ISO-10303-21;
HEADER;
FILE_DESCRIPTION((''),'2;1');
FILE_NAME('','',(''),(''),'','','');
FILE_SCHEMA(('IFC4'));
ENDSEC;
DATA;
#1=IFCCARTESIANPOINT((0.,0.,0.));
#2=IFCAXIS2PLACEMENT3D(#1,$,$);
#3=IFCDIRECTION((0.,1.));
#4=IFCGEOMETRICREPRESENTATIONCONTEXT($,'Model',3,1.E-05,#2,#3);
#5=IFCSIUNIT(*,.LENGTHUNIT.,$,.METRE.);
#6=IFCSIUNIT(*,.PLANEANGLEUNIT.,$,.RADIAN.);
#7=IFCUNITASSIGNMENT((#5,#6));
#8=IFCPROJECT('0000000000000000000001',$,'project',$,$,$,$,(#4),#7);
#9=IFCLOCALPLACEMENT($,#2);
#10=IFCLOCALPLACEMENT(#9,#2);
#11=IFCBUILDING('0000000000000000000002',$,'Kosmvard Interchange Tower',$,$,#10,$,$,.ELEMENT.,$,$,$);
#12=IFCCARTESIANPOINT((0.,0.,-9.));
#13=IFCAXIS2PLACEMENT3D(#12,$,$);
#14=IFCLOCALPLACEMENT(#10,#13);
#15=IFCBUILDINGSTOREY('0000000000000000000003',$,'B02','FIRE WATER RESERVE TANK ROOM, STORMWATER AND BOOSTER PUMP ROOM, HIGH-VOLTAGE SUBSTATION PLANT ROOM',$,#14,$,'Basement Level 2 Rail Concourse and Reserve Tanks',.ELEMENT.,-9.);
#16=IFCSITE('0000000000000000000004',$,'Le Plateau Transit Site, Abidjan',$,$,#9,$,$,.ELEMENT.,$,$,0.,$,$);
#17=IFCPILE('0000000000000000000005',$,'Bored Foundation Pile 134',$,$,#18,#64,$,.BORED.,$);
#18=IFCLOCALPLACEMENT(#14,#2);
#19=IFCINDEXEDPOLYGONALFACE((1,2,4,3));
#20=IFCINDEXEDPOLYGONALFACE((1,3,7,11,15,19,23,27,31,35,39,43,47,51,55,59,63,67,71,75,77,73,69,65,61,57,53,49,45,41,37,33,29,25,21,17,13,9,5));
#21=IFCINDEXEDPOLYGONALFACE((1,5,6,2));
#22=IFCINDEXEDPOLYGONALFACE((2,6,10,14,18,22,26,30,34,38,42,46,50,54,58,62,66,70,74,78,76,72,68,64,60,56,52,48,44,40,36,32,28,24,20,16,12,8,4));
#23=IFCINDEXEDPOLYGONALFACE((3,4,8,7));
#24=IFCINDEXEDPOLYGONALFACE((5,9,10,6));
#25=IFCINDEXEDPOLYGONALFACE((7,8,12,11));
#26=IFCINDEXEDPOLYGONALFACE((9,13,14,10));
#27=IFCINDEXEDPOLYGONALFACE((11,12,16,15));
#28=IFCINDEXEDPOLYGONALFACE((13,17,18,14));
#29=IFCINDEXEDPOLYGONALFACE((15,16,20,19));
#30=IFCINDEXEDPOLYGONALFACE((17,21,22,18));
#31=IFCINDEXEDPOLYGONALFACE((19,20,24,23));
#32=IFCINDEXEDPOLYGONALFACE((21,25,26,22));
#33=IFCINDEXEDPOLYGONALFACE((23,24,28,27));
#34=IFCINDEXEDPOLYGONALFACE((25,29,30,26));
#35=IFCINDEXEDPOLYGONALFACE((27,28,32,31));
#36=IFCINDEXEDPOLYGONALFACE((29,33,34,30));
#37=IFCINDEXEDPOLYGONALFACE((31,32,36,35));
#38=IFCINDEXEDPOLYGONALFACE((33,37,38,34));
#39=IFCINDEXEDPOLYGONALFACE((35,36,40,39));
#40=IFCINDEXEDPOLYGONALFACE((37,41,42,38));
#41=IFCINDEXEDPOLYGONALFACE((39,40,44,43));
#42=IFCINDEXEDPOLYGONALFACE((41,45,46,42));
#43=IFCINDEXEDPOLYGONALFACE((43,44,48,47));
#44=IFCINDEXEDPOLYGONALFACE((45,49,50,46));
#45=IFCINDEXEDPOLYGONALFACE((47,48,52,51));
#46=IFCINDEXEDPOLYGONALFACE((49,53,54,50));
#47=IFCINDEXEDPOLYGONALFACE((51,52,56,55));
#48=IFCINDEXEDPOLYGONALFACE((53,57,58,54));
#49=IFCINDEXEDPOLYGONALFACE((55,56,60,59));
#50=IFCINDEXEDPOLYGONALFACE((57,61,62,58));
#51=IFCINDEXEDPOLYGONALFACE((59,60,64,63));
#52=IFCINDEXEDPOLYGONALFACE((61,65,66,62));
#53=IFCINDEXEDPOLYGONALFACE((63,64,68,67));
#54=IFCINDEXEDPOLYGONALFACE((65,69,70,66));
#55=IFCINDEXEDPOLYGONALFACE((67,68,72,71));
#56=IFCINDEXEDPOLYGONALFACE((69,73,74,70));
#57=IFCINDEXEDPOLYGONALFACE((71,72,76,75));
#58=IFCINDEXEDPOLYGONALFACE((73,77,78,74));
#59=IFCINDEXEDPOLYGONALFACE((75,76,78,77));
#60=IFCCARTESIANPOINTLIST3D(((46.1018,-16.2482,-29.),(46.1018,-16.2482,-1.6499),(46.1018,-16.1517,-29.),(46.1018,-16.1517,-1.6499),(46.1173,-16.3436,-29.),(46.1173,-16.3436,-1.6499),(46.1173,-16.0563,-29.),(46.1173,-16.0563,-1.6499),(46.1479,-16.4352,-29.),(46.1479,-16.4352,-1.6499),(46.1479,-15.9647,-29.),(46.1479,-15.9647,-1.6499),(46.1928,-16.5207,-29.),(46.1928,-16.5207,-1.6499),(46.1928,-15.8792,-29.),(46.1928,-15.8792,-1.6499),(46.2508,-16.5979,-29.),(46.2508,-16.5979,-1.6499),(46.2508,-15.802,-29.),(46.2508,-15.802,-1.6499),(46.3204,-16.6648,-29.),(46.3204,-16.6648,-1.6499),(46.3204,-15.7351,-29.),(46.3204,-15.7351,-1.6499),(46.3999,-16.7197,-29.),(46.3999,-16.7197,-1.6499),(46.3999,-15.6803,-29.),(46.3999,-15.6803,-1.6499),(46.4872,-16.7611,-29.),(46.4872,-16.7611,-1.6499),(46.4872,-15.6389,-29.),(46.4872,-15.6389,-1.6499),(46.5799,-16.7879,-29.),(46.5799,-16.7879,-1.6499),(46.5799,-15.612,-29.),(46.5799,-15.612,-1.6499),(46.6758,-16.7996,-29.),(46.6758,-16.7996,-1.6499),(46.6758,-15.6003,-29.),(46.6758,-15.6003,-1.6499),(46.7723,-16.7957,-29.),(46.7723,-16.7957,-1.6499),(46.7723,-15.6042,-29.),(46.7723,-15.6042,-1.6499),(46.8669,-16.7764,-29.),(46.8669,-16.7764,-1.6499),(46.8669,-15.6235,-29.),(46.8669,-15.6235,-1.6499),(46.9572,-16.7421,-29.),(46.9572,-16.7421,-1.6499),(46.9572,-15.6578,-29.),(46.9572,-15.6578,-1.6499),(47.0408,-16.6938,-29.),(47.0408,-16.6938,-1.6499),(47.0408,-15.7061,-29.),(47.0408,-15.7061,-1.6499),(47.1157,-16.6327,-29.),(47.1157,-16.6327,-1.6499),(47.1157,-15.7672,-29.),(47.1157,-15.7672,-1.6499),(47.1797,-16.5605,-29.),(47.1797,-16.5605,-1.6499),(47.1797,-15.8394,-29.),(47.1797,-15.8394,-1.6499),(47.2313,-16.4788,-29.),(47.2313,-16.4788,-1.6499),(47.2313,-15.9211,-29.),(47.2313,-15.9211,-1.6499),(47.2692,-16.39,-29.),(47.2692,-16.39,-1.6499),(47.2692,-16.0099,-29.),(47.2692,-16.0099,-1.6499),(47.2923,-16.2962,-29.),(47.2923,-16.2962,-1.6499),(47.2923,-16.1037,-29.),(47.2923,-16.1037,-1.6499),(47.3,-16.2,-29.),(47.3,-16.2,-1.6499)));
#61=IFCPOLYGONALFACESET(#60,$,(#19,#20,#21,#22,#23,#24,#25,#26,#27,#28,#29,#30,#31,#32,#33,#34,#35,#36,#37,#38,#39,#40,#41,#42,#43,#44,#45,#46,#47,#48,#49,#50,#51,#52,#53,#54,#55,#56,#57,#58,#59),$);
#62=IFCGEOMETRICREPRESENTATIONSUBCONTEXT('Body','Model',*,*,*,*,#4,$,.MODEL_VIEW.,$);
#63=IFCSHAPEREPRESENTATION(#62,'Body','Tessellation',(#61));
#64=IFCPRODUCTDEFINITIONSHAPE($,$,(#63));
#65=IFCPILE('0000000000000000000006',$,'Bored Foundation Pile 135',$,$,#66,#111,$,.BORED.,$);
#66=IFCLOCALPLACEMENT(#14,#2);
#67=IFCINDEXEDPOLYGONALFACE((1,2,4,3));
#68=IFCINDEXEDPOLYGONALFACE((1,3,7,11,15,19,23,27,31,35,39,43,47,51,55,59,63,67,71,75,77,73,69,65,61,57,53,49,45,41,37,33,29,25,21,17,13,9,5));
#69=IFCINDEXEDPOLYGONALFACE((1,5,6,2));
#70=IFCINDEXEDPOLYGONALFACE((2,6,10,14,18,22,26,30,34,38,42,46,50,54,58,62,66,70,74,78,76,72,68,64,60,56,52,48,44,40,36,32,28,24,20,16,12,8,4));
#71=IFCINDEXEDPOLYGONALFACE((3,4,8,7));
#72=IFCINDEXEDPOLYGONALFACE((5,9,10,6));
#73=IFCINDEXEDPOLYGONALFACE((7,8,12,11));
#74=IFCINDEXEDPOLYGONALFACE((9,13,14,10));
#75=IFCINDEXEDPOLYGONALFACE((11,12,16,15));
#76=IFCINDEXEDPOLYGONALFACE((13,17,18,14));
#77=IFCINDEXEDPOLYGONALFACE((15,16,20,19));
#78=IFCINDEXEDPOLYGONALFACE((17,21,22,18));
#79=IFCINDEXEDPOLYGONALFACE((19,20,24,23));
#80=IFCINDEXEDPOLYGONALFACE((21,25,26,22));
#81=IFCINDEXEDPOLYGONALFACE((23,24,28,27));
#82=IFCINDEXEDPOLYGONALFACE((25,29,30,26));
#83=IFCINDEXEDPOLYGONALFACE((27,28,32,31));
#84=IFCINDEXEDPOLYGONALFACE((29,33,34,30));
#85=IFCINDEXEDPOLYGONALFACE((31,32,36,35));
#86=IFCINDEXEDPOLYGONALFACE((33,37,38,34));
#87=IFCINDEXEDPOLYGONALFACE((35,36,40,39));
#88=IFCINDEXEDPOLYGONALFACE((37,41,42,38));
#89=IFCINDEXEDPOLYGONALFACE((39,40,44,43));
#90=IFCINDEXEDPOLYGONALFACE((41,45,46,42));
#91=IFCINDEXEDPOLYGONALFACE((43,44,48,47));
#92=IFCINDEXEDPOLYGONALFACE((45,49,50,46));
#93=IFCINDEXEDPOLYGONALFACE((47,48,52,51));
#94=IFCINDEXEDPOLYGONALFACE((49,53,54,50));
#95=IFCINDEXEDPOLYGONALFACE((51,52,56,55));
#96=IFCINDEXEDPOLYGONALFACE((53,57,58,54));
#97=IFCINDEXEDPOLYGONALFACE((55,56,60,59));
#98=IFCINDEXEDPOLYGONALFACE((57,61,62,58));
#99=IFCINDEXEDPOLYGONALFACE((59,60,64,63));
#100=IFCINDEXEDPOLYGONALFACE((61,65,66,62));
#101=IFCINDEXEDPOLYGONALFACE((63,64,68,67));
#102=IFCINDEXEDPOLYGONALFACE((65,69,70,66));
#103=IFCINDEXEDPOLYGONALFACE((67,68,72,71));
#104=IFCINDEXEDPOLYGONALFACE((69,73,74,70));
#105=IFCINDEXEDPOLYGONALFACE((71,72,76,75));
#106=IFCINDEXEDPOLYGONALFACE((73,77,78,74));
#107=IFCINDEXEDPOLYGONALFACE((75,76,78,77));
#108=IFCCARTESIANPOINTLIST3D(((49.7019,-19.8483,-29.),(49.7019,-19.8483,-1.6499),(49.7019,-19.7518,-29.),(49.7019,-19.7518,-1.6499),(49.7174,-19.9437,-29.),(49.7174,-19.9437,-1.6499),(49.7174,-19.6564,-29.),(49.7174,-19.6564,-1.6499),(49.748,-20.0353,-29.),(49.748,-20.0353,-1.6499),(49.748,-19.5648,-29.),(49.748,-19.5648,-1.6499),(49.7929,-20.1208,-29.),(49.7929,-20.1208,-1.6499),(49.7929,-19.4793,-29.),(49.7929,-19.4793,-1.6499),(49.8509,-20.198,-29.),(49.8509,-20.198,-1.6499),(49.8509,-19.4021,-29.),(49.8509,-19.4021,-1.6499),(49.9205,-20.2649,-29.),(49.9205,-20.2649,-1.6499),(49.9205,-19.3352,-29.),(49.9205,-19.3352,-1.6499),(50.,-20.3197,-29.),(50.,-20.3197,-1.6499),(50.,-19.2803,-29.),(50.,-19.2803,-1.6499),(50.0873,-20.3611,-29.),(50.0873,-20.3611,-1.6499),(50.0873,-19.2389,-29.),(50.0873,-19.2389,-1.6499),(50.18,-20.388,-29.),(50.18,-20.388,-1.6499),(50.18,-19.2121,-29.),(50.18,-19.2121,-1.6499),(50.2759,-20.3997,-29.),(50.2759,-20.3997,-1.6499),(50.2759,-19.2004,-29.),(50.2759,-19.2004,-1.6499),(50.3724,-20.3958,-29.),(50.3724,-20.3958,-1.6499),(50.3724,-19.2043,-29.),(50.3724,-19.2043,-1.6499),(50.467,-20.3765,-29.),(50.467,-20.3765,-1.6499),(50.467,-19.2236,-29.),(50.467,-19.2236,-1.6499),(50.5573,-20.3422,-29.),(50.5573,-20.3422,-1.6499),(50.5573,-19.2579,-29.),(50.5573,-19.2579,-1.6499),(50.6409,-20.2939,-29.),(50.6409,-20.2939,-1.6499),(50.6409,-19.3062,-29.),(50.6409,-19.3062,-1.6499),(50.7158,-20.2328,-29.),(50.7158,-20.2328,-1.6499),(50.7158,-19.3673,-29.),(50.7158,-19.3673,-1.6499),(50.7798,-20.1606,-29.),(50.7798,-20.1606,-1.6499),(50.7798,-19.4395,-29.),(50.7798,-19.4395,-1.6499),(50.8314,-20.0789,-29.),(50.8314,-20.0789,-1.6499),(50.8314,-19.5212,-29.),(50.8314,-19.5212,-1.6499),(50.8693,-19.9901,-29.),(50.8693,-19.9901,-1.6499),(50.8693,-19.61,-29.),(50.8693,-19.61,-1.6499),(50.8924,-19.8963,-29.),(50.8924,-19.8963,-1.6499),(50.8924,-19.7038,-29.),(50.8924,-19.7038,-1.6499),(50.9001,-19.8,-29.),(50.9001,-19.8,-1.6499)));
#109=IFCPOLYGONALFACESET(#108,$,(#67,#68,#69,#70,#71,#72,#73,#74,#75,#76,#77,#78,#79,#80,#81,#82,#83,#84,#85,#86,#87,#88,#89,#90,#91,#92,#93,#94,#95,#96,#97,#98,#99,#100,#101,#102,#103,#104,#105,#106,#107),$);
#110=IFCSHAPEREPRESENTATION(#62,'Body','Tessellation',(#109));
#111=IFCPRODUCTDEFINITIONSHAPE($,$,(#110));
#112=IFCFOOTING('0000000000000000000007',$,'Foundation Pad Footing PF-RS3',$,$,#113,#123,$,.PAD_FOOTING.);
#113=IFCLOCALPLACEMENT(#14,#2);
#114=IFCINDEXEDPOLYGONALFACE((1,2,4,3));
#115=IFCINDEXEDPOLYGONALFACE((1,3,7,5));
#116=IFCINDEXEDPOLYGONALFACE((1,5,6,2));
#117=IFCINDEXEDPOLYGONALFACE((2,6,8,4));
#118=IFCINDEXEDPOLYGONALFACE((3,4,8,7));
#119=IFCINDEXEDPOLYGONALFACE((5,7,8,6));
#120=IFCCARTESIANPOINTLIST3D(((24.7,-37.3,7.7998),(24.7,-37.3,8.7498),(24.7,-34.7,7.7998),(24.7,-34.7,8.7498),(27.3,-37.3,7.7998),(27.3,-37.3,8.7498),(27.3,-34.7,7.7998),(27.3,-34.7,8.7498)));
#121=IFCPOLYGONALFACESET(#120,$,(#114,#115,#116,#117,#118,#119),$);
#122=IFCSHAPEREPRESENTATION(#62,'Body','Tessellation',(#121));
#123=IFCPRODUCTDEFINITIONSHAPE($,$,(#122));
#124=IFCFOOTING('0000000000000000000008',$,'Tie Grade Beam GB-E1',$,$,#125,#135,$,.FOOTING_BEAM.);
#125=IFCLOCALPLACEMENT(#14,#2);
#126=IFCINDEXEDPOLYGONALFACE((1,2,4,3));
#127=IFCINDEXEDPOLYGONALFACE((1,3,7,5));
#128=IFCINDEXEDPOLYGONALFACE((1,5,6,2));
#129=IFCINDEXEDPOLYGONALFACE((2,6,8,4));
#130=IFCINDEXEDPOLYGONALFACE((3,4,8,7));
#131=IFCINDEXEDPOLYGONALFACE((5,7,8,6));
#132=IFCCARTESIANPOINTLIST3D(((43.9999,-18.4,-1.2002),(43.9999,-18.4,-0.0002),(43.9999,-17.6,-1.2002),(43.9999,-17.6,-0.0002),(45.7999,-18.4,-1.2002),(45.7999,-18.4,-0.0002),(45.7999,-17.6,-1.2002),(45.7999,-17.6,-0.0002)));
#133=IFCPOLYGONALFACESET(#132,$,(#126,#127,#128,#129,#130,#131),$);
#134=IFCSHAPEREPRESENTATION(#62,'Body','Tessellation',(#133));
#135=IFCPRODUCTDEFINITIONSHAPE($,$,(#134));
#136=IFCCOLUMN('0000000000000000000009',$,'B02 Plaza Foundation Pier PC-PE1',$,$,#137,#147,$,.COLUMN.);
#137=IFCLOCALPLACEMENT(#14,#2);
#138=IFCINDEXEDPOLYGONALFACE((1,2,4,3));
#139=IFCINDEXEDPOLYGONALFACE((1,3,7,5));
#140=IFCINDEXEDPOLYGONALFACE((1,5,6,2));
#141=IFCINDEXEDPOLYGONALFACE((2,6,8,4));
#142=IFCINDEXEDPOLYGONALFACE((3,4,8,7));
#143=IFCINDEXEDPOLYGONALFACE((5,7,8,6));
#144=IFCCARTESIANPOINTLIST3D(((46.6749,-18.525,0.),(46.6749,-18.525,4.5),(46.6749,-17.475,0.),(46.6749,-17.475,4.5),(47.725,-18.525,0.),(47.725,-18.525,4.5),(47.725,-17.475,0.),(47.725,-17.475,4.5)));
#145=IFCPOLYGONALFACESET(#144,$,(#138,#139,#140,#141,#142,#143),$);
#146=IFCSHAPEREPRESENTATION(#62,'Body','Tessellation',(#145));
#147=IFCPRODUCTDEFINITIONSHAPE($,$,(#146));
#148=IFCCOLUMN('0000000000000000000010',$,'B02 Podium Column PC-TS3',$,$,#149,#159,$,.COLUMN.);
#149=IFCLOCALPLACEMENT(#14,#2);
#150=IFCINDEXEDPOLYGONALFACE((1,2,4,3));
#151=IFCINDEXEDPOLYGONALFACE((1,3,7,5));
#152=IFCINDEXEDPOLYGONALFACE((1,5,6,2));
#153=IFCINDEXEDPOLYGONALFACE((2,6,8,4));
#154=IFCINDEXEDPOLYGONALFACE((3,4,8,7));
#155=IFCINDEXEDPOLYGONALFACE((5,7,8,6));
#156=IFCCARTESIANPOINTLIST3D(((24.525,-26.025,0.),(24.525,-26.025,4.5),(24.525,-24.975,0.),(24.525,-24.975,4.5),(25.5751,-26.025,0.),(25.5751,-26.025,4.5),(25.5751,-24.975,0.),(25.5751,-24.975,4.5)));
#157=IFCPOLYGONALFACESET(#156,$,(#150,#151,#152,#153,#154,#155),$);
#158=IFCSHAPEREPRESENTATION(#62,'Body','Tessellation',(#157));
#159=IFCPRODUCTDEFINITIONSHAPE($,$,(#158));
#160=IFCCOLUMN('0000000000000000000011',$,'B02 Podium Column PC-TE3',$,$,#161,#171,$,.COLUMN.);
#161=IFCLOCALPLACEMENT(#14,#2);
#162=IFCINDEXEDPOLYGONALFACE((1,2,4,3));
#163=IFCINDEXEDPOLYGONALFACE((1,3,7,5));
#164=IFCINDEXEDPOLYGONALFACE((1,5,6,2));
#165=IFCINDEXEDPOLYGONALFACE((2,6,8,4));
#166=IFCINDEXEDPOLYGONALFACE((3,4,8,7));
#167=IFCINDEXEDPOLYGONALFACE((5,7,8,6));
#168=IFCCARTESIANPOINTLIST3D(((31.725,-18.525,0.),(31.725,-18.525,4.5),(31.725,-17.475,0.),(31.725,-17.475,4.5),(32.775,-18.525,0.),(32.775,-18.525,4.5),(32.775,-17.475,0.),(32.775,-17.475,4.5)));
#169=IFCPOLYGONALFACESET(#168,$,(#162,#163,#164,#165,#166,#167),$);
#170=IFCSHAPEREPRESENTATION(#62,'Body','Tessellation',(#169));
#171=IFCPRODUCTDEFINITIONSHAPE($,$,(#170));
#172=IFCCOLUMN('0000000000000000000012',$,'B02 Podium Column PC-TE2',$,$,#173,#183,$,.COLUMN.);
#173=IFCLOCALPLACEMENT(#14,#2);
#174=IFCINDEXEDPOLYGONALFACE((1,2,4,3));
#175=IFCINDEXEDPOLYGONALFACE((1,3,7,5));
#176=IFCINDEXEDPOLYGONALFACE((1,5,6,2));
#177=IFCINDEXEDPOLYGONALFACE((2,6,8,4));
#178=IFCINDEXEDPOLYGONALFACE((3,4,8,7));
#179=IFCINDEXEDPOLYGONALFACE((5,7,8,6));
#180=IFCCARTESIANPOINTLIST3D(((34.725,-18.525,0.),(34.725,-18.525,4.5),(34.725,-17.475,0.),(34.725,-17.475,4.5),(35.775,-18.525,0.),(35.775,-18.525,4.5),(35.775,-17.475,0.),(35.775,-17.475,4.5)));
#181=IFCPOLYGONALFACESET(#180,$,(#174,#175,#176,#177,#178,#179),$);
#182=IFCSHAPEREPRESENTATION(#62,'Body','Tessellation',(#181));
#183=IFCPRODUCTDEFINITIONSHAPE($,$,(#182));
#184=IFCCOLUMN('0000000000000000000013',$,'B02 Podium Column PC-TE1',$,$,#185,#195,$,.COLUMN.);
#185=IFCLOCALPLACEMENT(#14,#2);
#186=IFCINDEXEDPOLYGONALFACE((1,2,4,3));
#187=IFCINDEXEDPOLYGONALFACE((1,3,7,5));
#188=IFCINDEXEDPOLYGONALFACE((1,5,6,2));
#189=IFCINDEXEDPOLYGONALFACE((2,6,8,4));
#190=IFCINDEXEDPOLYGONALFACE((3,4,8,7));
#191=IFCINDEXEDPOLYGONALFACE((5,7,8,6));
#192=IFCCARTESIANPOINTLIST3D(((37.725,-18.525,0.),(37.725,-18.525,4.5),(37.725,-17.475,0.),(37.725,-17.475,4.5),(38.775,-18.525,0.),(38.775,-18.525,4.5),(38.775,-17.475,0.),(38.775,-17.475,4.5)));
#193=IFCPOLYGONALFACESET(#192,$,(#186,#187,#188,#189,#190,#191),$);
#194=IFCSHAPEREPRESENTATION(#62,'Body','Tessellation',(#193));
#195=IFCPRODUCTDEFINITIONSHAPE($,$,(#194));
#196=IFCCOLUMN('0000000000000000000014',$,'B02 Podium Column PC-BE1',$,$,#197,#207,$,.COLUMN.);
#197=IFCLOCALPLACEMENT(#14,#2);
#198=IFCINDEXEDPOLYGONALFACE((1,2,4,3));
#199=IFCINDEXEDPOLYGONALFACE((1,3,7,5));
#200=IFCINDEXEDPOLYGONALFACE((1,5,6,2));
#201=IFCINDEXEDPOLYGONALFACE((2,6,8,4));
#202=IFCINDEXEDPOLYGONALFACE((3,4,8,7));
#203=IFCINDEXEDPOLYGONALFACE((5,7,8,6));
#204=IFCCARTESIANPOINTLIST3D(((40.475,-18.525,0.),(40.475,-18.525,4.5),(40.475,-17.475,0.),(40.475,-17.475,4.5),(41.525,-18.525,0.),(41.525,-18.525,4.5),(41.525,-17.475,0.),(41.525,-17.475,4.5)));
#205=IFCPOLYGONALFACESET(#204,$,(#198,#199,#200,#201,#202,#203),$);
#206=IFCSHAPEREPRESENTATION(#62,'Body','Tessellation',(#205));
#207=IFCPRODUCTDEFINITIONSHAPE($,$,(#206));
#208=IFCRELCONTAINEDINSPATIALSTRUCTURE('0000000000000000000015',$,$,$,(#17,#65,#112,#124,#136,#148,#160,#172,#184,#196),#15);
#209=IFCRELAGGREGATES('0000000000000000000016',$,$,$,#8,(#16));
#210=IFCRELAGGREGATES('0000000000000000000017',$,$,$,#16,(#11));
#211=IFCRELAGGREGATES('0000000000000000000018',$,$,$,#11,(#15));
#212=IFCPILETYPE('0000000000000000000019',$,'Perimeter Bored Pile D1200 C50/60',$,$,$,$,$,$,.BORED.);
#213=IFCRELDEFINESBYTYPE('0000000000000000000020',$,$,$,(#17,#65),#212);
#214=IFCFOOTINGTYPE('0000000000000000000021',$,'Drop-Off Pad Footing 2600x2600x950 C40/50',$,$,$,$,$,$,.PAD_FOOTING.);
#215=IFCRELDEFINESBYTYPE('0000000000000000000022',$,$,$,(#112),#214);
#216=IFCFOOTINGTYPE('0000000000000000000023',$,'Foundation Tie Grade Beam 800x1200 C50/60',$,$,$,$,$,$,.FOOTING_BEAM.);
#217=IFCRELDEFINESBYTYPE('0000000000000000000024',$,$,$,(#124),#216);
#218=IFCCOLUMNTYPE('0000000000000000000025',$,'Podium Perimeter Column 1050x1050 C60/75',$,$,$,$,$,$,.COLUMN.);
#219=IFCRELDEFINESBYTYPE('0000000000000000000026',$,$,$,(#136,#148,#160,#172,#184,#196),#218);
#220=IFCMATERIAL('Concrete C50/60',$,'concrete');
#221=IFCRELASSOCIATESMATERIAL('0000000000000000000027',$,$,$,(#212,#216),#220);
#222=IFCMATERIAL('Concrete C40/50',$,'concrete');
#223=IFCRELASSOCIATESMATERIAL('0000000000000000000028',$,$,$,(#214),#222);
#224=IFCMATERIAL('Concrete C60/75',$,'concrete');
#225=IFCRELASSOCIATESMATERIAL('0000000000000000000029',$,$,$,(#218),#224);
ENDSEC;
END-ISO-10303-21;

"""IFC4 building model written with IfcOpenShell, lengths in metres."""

from ifc_helpers import new_model, si_unit, direction, frame, origin, origin_2d, place, context, subcontext, project, spatial, rectangle, circle, extrude, source, transform, mapped, material, material_profile, profile_set, type_object, element, save


model = new_model("IFC4")

# Units and contexts
model_context = context("Model", 3, precision=1e-05, world=origin(), true_north=direction((0.0, 1.0)))
body_context = subcontext(model_context, "Body", "Model", "MODEL_VIEW")
ifc_project = project(units=[si_unit("LENGTHUNIT", "METRE"), si_unit("PLANEANGLEUNIT", "RADIAN")], contexts=[model_context])

# Site, building, storey
site_placement = place(None, origin())
site = spatial("IfcSite", under=ifc_project, at=site_placement, Name="Le Plateau Transit Site, Abidjan", CompositionType="ELEMENT", RefElevation=0.0)
building_placement = place(site_placement, origin())
building = spatial("IfcBuilding", under=site, at=building_placement, Name="Kosmvard Interchange Tower", CompositionType="ELEMENT")
storey_placement = place(building_placement, frame((0.0, 0.0, -9.0)))
storey = spatial("IfcBuildingStorey", under=building, at=storey_placement, Name="B02", Description="FIRE WATER RESERVE TANK ROOM, STORMWATER AND BOOSTER PUMP ROOM, HIGH-VOLTAGE SUBSTATION PLANT ROOM", LongName="Basement Level 2 Rail Concourse and Reserve Tanks", CompositionType="ELEMENT", Elevation=-9.0)

# Shared definitions
ifc_material_1 = material(Name="Concrete C50/60", Category="concrete")
ifc_material_profile_1 = material_profile(ifc_material_1, circle(Radius=0.6001, at=origin_2d()), Name="PILE D1200")
ifc_profile_set_1 = profile_set([ifc_material_profile_1], Name="Concrete C50/60")
pile_type = type_object("IfcPileType", Name="Perimeter Bored Pile D1200 C50/60", PredefinedType="BORED", material=ifc_profile_set_1)

# Piles
shared_shape_1 = source(origin(), body_context, "Body", "SweptSolid", [
    extrude(circle(Radius=0.6001, at=origin_2d()), origin(), (0.0, 0.0, 1.0), 27.3501),
])
for number, where, z_axis, x_axis, name in (
    (1, (46.7, -16.2, -1.6499), (0.0, 0.0, -1.0), (1.0, 0.0, 0.0), "Bored Foundation Pile 134"),
    (2, (50.3, -19.8, -1.6499), (0.0, 0.0, -1.0), (1.0, 0.0, 0.0), "Bored Foundation Pile 135"),
):
    element("IfcPile", number, at=place(storey_placement, frame(where, z_axis=z_axis, x_axis=x_axis)), inside=storey, type_object=pile_type, Name=name, PredefinedType="BORED", context=body_context, shape_type="MappedRepresentation", body=[
        mapped(shared_shape_1, transform((0.0, 0.0, 0.0), scale=1.0)),
    ])

# Footings
ifc_material_2 = material(Name="Concrete C40/50", Category="concrete")
footing_type_1 = type_object("IfcFootingType", Name="Drop-Off Pad Footing 2600x2600x950 C40/50", PredefinedType="PAD_FOOTING", material=ifc_material_2)
shared_shape_2 = source(origin(), body_context, "Body", "SweptSolid", [
    extrude(rectangle(XDim=2.6001, YDim=2.6001, at=origin_2d()), origin(), (0.0, 0.0, 1.0), 0.95),
])
footing_1_placement = place(storey_placement, frame((26.0, -36.0, 7.7998), z_axis=(0.0, 0.0, 1.0), x_axis=(1.0, 0.0, 0.0)))
element("IfcFooting", 3, at=footing_1_placement, inside=storey, type_object=footing_type_1, Name="Foundation Pad Footing PF-RS3", PredefinedType="PAD_FOOTING", context=body_context, shape_type="MappedRepresentation", body=[
    mapped(shared_shape_2, transform((0.0, 0.0, 0.0), scale=1.0)),
])
ifc_material_profile_2 = material_profile(ifc_material_1, rectangle(XDim=0.8, YDim=1.2, at=origin_2d()), Name="GB 800x1200")
ifc_profile_set_2 = profile_set([ifc_material_profile_2], Name="Concrete C50/60")
footing_type_2 = type_object("IfcFootingType", Name="Foundation Tie Grade Beam 800x1200 C50/60", PredefinedType="FOOTING_BEAM", material=ifc_profile_set_2)
shared_shape_3 = source(origin(), body_context, "Body", "SweptSolid", [
    extrude(rectangle(XDim=1.8, YDim=0.8, at=origin_2d()), origin(), (0.0, 0.0, 1.0), 1.2),
])
footing_2_placement = place(storey_placement, frame((44.8999, -18.0, -1.2002), z_axis=(0.0, 0.0, 1.0), x_axis=(1.0, 0.0, 0.0)))
element("IfcFooting", 4, at=footing_2_placement, inside=storey, type_object=footing_type_2, Name="Tie Grade Beam GB-E1", PredefinedType="FOOTING_BEAM", context=body_context, shape_type="MappedRepresentation", body=[
    mapped(shared_shape_3, transform((0.0, 0.0, 0.0), scale=1.0)),
])

# Columns
ifc_material_3 = material(Name="Concrete C60/75", Category="concrete")
ifc_material_profile_3 = material_profile(ifc_material_3, rectangle(XDim=1.05, YDim=1.05, at=origin_2d()), Name="PC 1050x1050")
ifc_profile_set_3 = profile_set([ifc_material_profile_3], Name="Concrete C60/75")
column_type_1 = type_object("IfcColumnType", Name="Podium Perimeter Column 1050x1050 C60/75", PredefinedType="COLUMN", material=ifc_profile_set_3)
shared_shape_4 = source(origin(), body_context, "Body", "SweptSolid", [
    extrude(rectangle(XDim=1.05, YDim=1.05, at=origin_2d()), origin(), (0.0, 0.0, 1.0), 4.5),
])
for number, where, z_axis, x_axis, name in (
    (5, (47.2, -18.0, 0.0), (0.0, 0.0, 1.0), (1.0, 0.0, 0.0), "B02 Plaza Foundation Pier PC-PE1"),
    (6, (25.05, -25.5, 0.0), (0.0, 0.0, 1.0), (1.0, 0.0, 0.0), "B02 Podium Column PC-TS3"),
    (7, (32.25, -18.0, 0.0), (0.0, 0.0, 1.0), (1.0, 0.0, 0.0), "B02 Podium Column PC-TE3"),
    (8, (35.25, -18.0, 0.0), (0.0, 0.0, 1.0), (1.0, 0.0, 0.0), "B02 Podium Column PC-TE2"),
    (9, (38.25, -18.0, 0.0), (0.0, 0.0, 1.0), (1.0, 0.0, 0.0), "B02 Podium Column PC-TE1"),
    (10, (41.0, -18.0, 0.0), (0.0, 0.0, 1.0), (1.0, 0.0, 0.0), "B02 Podium Column PC-BE1"),
):
    element("IfcColumn", number, at=place(storey_placement, frame(where, z_axis=z_axis, x_axis=x_axis)), inside=storey, type_object=column_type_1, Name=name, PredefinedType="COLUMN", context=body_context, shape_type="MappedRepresentation", body=[
        mapped(shared_shape_4, transform((0.0, 0.0, 0.0), scale=1.0)),
    ])

save(model, "model.ifc")
